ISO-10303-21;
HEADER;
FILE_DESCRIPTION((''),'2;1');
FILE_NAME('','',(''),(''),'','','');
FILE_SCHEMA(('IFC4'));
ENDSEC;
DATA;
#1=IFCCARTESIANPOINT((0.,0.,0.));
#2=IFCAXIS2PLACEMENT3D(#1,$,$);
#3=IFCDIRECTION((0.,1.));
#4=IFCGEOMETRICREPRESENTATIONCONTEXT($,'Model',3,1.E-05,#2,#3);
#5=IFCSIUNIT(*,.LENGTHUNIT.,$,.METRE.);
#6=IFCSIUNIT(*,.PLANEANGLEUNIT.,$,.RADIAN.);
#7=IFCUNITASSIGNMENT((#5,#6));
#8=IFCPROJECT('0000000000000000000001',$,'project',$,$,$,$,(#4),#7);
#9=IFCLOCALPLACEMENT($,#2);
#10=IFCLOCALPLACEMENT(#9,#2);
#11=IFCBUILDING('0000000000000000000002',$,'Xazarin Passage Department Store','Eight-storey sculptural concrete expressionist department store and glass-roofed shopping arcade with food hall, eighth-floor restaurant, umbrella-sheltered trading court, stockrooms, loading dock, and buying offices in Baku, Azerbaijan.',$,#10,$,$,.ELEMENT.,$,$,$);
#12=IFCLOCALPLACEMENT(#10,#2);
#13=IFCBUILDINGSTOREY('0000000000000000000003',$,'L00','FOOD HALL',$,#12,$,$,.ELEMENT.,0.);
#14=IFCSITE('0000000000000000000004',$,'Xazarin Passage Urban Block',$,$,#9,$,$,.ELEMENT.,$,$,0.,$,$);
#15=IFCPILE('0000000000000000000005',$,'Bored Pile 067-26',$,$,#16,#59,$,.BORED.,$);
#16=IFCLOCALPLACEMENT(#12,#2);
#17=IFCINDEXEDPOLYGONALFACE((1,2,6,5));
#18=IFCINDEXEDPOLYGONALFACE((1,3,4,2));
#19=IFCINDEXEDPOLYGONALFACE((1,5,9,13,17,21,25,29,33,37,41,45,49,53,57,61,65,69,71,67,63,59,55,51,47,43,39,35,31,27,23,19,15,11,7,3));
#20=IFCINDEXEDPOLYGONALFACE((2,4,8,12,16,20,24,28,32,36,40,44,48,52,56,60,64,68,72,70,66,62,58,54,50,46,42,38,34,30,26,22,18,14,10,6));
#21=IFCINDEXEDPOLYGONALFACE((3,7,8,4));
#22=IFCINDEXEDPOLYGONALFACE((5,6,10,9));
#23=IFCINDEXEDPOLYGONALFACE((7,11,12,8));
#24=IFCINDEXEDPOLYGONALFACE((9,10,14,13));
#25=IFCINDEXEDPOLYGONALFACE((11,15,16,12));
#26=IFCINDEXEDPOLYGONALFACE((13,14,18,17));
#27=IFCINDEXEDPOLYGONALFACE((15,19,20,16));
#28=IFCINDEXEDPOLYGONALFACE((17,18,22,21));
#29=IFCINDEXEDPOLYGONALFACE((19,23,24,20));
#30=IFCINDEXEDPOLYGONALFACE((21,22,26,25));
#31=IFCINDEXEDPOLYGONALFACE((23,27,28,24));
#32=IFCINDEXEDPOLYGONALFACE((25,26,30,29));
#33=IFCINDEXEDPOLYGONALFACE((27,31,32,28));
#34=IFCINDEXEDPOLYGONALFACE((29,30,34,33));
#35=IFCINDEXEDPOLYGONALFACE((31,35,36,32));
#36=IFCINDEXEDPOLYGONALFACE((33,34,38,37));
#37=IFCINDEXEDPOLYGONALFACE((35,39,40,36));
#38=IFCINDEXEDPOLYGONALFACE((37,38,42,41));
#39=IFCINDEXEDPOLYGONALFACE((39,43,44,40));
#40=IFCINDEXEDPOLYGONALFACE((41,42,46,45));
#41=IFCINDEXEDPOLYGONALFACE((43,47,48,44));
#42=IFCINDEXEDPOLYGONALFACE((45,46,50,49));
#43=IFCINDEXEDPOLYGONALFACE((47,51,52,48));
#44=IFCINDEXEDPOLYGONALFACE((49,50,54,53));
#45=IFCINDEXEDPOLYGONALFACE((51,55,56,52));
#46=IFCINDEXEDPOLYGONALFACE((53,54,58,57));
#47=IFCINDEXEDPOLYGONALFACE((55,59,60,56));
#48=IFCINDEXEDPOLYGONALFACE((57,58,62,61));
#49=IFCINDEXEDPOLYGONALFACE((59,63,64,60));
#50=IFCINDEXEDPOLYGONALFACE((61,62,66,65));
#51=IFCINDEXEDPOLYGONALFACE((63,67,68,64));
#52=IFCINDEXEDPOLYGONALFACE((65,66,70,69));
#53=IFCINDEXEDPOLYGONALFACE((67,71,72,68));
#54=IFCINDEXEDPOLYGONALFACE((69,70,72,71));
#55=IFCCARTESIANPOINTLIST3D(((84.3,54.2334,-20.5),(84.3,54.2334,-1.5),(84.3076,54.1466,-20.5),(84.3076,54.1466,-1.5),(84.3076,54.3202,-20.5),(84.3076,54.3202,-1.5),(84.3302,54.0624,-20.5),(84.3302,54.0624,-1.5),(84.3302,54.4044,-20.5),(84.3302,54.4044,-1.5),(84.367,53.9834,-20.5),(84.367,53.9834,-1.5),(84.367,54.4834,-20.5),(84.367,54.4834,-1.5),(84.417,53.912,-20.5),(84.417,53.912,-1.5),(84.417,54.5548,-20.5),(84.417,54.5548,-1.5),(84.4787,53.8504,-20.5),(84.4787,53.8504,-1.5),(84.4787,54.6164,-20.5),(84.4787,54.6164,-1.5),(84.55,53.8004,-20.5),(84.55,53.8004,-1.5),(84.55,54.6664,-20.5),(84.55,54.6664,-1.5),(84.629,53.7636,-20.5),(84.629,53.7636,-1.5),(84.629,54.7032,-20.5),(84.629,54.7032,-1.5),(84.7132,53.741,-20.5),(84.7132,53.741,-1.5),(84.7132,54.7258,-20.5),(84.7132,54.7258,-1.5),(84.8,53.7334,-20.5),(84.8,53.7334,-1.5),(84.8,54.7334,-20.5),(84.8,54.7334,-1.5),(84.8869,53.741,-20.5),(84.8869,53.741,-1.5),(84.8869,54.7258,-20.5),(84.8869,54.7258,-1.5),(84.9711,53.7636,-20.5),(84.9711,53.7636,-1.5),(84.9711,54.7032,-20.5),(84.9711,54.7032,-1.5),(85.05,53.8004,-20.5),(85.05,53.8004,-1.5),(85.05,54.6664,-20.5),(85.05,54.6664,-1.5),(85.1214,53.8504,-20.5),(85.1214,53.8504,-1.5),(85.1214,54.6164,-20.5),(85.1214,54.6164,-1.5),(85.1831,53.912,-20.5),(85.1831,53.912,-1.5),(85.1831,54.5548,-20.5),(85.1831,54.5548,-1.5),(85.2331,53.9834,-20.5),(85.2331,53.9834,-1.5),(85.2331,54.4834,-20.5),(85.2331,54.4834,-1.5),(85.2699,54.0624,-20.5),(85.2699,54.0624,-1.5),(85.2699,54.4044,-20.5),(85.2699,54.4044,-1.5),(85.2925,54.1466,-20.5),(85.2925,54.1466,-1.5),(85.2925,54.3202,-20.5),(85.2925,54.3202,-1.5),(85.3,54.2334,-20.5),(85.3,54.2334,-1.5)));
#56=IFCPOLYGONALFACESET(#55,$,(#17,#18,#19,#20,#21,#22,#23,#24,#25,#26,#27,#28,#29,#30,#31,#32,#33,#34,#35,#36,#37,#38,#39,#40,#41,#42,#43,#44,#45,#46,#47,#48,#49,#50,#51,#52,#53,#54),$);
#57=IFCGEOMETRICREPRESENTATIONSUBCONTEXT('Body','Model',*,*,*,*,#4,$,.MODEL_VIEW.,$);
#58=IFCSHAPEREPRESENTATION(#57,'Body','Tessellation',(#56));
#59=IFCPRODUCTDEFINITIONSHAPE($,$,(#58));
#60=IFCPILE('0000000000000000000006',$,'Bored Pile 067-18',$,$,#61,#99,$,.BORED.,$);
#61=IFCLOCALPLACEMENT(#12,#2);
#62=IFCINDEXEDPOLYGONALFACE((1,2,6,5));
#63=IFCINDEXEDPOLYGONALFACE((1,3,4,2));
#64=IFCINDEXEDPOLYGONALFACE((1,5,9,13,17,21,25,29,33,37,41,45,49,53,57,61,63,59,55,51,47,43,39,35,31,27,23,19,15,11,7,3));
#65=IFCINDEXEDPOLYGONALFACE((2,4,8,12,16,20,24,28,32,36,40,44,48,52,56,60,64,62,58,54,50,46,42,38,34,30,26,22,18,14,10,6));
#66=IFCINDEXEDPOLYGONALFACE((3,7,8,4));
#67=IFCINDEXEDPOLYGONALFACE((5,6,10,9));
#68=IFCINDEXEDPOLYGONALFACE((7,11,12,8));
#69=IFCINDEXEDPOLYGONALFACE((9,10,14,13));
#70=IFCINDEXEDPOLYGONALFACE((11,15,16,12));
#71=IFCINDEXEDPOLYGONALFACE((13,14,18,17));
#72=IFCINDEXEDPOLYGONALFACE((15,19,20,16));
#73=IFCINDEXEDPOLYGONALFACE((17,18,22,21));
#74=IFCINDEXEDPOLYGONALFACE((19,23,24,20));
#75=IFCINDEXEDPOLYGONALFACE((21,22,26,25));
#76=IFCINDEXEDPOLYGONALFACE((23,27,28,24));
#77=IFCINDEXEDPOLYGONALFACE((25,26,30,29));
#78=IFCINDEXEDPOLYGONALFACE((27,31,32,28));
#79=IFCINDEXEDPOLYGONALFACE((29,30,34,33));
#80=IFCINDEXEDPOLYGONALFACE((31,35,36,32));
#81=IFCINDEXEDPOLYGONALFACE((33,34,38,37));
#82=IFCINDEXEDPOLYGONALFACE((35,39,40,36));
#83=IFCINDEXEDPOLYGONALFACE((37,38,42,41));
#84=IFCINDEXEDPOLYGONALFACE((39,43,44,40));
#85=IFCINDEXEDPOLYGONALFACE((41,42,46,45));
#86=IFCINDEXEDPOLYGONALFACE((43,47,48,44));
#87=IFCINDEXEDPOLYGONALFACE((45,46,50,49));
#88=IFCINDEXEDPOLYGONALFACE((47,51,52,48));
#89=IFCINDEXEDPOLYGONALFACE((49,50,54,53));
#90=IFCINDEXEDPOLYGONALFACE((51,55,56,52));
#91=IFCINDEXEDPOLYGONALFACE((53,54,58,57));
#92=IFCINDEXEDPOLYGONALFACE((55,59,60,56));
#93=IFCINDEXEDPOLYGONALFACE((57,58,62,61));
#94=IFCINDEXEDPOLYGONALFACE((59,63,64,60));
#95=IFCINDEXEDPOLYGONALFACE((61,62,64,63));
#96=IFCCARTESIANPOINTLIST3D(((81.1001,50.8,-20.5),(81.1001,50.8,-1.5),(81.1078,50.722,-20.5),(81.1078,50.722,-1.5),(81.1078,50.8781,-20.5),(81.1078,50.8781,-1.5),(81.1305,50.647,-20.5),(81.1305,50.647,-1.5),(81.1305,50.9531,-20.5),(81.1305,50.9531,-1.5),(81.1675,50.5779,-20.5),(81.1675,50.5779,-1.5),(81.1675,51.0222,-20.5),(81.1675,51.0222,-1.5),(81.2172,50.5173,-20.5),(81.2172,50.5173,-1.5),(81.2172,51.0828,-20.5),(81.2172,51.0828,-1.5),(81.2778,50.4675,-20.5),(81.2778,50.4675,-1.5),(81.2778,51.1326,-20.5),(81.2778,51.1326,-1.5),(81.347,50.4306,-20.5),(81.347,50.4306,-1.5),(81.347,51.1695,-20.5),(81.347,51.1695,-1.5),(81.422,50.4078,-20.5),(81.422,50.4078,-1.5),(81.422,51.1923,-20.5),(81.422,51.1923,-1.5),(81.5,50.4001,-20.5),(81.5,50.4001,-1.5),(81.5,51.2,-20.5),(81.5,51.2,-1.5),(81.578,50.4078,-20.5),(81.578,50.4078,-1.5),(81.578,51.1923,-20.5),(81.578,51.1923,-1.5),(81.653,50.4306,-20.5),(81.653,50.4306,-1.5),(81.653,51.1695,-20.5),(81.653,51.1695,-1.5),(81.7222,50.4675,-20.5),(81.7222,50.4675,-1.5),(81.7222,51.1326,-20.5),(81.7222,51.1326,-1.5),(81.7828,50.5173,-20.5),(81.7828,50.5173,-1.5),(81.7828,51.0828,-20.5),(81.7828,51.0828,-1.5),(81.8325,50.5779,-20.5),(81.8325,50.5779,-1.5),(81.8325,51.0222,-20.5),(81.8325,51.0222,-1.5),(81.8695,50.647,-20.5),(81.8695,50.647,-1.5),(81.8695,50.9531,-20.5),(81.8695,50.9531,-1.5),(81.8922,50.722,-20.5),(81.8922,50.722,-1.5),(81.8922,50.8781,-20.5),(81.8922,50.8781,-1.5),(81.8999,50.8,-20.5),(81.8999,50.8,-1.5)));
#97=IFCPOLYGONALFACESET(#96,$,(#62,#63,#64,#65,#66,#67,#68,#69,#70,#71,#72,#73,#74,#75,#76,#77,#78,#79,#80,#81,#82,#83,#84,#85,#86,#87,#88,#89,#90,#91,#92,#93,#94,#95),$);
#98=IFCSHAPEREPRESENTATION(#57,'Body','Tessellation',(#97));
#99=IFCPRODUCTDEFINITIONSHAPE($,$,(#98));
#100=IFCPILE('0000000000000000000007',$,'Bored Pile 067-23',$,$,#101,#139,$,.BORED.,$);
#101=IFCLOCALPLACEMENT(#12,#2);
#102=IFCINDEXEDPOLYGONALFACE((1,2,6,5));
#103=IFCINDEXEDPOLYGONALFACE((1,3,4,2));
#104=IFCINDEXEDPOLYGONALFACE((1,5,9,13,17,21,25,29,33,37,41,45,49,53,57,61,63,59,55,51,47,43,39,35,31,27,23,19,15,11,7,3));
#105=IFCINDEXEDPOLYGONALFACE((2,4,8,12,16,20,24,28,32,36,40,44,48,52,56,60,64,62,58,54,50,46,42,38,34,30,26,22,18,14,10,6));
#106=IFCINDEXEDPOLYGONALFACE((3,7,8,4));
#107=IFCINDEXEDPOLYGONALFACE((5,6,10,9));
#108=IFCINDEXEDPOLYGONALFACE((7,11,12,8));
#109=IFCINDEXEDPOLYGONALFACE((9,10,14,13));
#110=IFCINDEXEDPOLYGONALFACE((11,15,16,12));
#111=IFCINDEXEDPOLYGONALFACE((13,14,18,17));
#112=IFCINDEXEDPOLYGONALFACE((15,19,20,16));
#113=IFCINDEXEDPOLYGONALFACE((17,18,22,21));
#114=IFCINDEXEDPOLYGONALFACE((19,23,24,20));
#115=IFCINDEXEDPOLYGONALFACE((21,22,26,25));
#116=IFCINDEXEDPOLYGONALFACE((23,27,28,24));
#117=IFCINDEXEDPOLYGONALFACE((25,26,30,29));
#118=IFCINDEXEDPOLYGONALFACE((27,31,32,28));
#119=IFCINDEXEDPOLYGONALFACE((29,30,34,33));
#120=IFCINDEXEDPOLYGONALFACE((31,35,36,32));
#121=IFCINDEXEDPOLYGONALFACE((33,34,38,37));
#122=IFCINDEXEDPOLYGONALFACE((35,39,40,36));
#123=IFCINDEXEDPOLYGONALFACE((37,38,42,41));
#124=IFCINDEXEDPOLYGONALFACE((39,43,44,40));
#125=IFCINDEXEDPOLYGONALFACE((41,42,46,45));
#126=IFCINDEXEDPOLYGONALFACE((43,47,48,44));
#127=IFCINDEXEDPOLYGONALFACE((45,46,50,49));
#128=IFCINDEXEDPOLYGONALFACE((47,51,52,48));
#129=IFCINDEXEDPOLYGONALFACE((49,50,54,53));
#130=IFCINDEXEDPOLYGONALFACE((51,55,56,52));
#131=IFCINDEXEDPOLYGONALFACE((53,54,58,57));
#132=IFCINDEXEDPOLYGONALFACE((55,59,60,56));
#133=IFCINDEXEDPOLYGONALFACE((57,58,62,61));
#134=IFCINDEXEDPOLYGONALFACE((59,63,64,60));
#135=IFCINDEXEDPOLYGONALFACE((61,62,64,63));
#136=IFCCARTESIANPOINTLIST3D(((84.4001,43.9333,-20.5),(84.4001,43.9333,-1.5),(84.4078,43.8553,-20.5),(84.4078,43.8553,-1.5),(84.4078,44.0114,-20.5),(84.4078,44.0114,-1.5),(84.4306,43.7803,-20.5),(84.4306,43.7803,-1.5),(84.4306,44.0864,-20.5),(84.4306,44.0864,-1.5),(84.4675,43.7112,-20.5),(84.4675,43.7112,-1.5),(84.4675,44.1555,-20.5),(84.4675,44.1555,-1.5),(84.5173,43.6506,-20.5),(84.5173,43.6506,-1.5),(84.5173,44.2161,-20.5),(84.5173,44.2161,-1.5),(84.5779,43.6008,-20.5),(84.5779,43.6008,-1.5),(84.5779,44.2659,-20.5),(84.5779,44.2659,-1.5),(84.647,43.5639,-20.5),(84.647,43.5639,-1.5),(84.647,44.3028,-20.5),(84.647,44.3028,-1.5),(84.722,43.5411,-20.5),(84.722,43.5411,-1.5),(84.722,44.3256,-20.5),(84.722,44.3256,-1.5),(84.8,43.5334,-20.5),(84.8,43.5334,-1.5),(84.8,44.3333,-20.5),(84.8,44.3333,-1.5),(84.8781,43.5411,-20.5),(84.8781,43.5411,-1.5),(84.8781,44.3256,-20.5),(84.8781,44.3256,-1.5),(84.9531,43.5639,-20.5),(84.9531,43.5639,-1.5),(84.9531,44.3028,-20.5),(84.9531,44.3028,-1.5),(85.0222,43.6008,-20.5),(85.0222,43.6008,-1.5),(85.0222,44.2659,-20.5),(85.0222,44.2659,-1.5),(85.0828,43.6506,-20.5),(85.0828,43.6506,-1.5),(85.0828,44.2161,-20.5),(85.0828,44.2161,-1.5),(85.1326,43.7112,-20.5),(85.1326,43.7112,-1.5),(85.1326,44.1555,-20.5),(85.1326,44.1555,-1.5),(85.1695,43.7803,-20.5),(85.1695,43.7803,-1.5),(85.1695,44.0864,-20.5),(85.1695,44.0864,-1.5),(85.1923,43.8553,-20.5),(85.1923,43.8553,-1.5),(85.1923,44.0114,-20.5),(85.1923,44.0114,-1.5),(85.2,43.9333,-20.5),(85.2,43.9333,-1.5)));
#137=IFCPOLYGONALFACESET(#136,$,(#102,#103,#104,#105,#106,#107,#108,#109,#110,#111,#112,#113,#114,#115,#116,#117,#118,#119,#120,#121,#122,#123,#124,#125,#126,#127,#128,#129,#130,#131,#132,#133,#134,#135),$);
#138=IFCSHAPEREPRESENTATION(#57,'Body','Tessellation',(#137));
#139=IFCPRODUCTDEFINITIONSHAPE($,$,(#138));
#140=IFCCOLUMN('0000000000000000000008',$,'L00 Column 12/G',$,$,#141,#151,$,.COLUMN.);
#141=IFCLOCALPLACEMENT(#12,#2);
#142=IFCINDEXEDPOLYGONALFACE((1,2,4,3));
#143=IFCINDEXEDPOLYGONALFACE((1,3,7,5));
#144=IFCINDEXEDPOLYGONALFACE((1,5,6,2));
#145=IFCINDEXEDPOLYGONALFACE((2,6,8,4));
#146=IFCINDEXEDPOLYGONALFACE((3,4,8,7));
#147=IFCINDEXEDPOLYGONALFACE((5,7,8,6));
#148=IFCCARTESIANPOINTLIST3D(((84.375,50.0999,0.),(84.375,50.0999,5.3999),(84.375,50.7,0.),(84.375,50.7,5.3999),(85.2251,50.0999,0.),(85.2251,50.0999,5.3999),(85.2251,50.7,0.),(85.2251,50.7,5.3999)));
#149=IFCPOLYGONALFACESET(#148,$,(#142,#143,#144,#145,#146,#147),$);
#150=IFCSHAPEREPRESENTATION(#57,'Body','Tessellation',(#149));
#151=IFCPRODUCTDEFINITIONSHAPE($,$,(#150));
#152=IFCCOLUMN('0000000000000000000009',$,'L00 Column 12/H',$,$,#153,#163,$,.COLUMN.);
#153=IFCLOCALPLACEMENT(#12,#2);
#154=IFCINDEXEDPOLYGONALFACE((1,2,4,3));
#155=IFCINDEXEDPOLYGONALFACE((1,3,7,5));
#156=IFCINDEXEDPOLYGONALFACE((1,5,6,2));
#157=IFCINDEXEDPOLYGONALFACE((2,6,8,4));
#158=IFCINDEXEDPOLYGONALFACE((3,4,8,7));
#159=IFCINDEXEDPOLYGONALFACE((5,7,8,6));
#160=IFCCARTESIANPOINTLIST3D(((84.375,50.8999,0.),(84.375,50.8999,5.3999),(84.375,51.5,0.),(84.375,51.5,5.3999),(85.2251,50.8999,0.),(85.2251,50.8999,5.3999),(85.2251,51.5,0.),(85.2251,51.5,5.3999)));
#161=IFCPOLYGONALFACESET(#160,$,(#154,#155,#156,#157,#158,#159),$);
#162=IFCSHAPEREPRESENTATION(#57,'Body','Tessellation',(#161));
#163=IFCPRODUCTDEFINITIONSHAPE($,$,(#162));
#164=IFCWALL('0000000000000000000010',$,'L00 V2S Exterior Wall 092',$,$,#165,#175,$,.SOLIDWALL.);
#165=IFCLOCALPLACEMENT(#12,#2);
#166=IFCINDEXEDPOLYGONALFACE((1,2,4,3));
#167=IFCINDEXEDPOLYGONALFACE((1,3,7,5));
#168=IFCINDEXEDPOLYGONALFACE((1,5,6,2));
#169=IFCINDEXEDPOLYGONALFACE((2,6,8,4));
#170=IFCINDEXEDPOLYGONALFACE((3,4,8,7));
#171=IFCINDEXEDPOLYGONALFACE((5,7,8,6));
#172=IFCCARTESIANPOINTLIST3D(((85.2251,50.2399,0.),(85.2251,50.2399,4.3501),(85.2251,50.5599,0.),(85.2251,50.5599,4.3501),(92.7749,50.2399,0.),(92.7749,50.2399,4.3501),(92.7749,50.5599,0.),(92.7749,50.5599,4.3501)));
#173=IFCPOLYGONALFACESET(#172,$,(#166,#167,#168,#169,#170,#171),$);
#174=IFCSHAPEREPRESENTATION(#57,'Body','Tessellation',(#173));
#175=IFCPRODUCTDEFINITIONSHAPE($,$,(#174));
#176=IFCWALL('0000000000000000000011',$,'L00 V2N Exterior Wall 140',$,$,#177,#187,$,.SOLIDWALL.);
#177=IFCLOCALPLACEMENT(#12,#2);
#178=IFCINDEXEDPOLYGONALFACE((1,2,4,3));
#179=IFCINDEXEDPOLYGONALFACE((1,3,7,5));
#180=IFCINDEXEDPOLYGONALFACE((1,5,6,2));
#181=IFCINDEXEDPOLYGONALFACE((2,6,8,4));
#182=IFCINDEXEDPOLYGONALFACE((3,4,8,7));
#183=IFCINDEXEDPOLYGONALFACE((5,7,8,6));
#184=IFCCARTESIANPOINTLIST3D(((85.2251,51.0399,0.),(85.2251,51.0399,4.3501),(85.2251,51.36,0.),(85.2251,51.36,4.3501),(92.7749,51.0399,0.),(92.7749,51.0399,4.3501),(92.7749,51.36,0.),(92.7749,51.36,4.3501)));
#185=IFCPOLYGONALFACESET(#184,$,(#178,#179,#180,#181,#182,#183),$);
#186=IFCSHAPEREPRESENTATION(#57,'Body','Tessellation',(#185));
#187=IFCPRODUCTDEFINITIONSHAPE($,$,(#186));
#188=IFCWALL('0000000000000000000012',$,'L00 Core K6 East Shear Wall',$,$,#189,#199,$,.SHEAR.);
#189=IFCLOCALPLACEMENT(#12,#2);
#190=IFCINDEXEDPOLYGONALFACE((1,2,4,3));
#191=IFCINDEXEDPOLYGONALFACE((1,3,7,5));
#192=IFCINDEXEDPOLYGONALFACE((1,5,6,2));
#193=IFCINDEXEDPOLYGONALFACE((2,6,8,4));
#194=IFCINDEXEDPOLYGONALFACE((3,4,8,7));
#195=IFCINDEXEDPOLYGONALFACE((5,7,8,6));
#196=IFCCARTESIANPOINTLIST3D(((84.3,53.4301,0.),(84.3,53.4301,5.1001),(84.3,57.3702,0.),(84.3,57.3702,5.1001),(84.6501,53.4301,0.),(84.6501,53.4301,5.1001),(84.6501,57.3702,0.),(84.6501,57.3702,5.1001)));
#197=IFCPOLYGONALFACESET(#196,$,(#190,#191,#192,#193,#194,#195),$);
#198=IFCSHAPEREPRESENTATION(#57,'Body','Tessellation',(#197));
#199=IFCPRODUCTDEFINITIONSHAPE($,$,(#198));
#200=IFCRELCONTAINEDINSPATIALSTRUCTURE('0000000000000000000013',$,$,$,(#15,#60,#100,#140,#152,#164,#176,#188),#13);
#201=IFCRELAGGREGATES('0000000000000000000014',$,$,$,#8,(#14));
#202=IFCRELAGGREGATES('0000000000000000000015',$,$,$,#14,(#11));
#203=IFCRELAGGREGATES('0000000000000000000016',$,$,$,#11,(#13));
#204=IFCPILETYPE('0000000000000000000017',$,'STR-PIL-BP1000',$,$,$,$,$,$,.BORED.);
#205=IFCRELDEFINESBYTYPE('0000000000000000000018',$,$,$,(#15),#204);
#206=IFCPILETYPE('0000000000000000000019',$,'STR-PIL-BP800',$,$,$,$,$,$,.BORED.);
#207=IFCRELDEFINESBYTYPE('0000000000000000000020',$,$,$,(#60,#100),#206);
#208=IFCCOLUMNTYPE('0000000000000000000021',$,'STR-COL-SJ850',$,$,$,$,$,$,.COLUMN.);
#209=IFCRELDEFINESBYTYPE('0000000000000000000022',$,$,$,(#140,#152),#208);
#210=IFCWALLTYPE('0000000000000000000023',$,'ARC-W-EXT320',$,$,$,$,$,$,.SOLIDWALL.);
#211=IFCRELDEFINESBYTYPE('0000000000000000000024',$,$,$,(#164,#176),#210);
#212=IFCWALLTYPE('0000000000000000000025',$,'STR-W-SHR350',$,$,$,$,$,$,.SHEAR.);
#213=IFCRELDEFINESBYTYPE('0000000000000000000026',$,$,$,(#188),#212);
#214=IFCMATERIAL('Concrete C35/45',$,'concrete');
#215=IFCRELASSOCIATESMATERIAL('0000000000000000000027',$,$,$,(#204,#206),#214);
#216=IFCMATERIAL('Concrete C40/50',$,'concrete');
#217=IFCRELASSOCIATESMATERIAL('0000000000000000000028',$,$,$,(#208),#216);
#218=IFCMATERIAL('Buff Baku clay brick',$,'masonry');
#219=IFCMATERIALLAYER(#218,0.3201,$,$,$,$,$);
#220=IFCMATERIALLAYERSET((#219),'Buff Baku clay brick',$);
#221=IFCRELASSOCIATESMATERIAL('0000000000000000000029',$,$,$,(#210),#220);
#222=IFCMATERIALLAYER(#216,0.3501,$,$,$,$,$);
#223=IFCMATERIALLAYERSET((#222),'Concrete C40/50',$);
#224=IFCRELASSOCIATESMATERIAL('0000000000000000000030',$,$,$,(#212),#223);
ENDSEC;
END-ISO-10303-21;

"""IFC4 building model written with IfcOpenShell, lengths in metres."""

from ifc_helpers import new_model, si_unit, direction, frame, frame_2d, origin, origin_2d, place, context, subcontext, project, spatial, rectangle, circle, extrude, material, layer, layer_set, material_profile, profile_set, type_object, element, save


model = new_model("IFC4")

# Units and contexts
model_context = context("Model", 3, precision=1e-05, world=origin(), true_north=direction((0.0, 1.0)))
body_context = subcontext(model_context, "Body", "Model", "MODEL_VIEW")
ifc_project = project(units=[si_unit("LENGTHUNIT", "METRE"), si_unit("PLANEANGLEUNIT", "RADIAN")], contexts=[model_context])

# Site, building, storey
site_placement = place(None, origin())
site = spatial("IfcSite", under=ifc_project, at=site_placement, Name="Xazarin Passage Urban Block", CompositionType="ELEMENT", RefElevation=0.0)
building_placement = place(site_placement, origin())
building = spatial("IfcBuilding", under=site, at=building_placement, Name="Xazarin Passage Department Store", Description="Eight-storey sculptural concrete expressionist department store and glass-roofed shopping arcade with food hall, eighth-floor restaurant, umbrella-sheltered trading court, stockrooms, loading dock, and buying offices in Baku, Azerbaijan.", CompositionType="ELEMENT")
storey_placement = place(building_placement, origin())
storey = spatial("IfcBuildingStorey", under=building, at=storey_placement, Name="L00", Description="FOOD HALL", CompositionType="ELEMENT", Elevation=0.0)

# Shared definitions
ifc_material_1 = material(Name="Concrete C35/45", Category="concrete")

# Piles
ifc_material_profile_1 = material_profile(ifc_material_1, circle(Radius=0.5, at=origin_2d()), Name="BP 1000")
ifc_profile_set_1 = profile_set([ifc_material_profile_1], Name="Concrete C35/45")
pile_type_1 = type_object("IfcPileType", Name="STR-PIL-BP1000", PredefinedType="BORED", material=ifc_profile_set_1)
for number, where, z_axis, x_axis, name in (
    (1, (84.8, 54.2334, -1.5), (0.0, 0.0, -1.0), (1.0, 0.0, 0.0), "Bored Pile 067-26"),
):
    element("IfcPile", number, at=place(storey_placement, frame(where, z_axis=z_axis, x_axis=x_axis)), inside=storey, type_object=pile_type_1, Name=name, PredefinedType="BORED", context=body_context, shape_type="SweptSolid", body=[
        extrude(circle(Radius=0.5, at=origin_2d()), origin(), (0.0, 0.0, 1.0), 19.0),
    ])
ifc_material_profile_2 = material_profile(ifc_material_1, circle(Radius=0.3999, at=origin_2d()), Name="BP 800")
ifc_profile_set_2 = profile_set([ifc_material_profile_2], Name="Concrete C35/45")
pile_type_2 = type_object("IfcPileType", Name="STR-PIL-BP800", PredefinedType="BORED", material=ifc_profile_set_2)
for number, where, z_axis, x_axis, name in (
    (2, (81.5, 50.8, -1.5), (0.0, 0.0, -1.0), (1.0, 0.0, 0.0), "Bored Pile 067-18"),
    (3, (84.8, 43.9333, -1.5), (0.0, 0.0, -1.0), (1.0, 0.0, 0.0), "Bored Pile 067-23"),
):
    element("IfcPile", number, at=place(storey_placement, frame(where, z_axis=z_axis, x_axis=x_axis)), inside=storey, type_object=pile_type_2, Name=name, PredefinedType="BORED", context=body_context, shape_type="SweptSolid", body=[
        extrude(circle(Radius=0.3999, at=origin_2d()), origin(), (0.0, 0.0, 1.0), 19.0),
    ])

# Columns
ifc_material_2 = material(Name="Concrete C40/50", Category="concrete")
ifc_material_profile_3 = material_profile(ifc_material_2, rectangle(XDim=0.6001, YDim=0.8501, at=origin_2d()), Name="RC 600x850")
ifc_profile_set_3 = profile_set([ifc_material_profile_3], Name="Concrete C40/50")
column_type = type_object("IfcColumnType", Name="STR-COL-SJ850", PredefinedType="COLUMN", material=ifc_profile_set_3)
for number, where, z_axis, x_axis, name in (
    (4, (84.8, 50.3999, 0.0), (0.0, 0.0, 1.0), (0.0, 1.0, 0.0), "L00 Column 12/G"),
    (5, (84.8, 51.2, 0.0), (0.0, 0.0, 1.0), (0.0, 1.0, 0.0), "L00 Column 12/H"),
):
    element("IfcColumn", number, at=place(storey_placement, frame(where, z_axis=z_axis, x_axis=x_axis)), inside=storey, type_object=column_type, Name=name, PredefinedType="COLUMN", context=body_context, shape_type="SweptSolid", body=[
        extrude(rectangle(XDim=0.6001, YDim=0.8501, at=origin_2d()), origin(), (0.0, 0.0, 1.0), 5.3999),
    ])

# Walls
ifc_material_3 = material(Name="Buff Baku clay brick", Category="masonry")
ifc_layer_1 = layer(ifc_material_3, 0.3201)
ifc_layer_set_1 = layer_set([ifc_layer_1], Name="Buff Baku clay brick")
wall_type_1 = type_object("IfcWallType", Name="ARC-W-EXT320", PredefinedType="SOLIDWALL", material=ifc_layer_set_1)
for number, where, z_axis, x_axis, name in (
    (6, (85.2251, 50.3999, 0.0), (0.0, 0.0, 1.0), (1.0, 0.0, 0.0), "L00 V2S Exterior Wall 092"),
    (7, (85.2251, 51.2, 0.0), (0.0, 0.0, 1.0), (1.0, 0.0, 0.0), "L00 V2N Exterior Wall 140"),
):
    element("IfcWall", number, at=place(storey_placement, frame(where, z_axis=z_axis, x_axis=x_axis)), inside=storey, type_object=wall_type_1, Name=name, PredefinedType="SOLIDWALL", context=body_context, shape_type="SweptSolid", body=[
        extrude(rectangle(XDim=7.5498, YDim=0.3201, at=frame_2d((3.7749, 0.0))), origin(), (0.0, 0.0, 1.0), 4.3501),
    ])
ifc_layer_2 = layer(ifc_material_2, 0.3501)
ifc_layer_set_2 = layer_set([ifc_layer_2], Name="Concrete C40/50")
wall_type_2 = type_object("IfcWallType", Name="STR-W-SHR350", PredefinedType="SHEAR", material=ifc_layer_set_2)
wall_1_placement = place(storey_placement, frame((84.4751, 53.4299, 0.0), z_axis=(0.0, 0.0, 1.0), x_axis=(0.0, 1.0, 0.0)))
element("IfcWall", 8, at=wall_1_placement, inside=storey, type_object=wall_type_2, Name="L00 Core K6 East Shear Wall", PredefinedType="SHEAR", context=body_context, shape_type="SweptSolid", body=[
    extrude(rectangle(XDim=3.9402, YDim=0.3501, at=frame_2d((1.9702, 0.0))), origin(), (0.0, 0.0, 1.0), 5.1001),
])

save(model, "model.ifc")
